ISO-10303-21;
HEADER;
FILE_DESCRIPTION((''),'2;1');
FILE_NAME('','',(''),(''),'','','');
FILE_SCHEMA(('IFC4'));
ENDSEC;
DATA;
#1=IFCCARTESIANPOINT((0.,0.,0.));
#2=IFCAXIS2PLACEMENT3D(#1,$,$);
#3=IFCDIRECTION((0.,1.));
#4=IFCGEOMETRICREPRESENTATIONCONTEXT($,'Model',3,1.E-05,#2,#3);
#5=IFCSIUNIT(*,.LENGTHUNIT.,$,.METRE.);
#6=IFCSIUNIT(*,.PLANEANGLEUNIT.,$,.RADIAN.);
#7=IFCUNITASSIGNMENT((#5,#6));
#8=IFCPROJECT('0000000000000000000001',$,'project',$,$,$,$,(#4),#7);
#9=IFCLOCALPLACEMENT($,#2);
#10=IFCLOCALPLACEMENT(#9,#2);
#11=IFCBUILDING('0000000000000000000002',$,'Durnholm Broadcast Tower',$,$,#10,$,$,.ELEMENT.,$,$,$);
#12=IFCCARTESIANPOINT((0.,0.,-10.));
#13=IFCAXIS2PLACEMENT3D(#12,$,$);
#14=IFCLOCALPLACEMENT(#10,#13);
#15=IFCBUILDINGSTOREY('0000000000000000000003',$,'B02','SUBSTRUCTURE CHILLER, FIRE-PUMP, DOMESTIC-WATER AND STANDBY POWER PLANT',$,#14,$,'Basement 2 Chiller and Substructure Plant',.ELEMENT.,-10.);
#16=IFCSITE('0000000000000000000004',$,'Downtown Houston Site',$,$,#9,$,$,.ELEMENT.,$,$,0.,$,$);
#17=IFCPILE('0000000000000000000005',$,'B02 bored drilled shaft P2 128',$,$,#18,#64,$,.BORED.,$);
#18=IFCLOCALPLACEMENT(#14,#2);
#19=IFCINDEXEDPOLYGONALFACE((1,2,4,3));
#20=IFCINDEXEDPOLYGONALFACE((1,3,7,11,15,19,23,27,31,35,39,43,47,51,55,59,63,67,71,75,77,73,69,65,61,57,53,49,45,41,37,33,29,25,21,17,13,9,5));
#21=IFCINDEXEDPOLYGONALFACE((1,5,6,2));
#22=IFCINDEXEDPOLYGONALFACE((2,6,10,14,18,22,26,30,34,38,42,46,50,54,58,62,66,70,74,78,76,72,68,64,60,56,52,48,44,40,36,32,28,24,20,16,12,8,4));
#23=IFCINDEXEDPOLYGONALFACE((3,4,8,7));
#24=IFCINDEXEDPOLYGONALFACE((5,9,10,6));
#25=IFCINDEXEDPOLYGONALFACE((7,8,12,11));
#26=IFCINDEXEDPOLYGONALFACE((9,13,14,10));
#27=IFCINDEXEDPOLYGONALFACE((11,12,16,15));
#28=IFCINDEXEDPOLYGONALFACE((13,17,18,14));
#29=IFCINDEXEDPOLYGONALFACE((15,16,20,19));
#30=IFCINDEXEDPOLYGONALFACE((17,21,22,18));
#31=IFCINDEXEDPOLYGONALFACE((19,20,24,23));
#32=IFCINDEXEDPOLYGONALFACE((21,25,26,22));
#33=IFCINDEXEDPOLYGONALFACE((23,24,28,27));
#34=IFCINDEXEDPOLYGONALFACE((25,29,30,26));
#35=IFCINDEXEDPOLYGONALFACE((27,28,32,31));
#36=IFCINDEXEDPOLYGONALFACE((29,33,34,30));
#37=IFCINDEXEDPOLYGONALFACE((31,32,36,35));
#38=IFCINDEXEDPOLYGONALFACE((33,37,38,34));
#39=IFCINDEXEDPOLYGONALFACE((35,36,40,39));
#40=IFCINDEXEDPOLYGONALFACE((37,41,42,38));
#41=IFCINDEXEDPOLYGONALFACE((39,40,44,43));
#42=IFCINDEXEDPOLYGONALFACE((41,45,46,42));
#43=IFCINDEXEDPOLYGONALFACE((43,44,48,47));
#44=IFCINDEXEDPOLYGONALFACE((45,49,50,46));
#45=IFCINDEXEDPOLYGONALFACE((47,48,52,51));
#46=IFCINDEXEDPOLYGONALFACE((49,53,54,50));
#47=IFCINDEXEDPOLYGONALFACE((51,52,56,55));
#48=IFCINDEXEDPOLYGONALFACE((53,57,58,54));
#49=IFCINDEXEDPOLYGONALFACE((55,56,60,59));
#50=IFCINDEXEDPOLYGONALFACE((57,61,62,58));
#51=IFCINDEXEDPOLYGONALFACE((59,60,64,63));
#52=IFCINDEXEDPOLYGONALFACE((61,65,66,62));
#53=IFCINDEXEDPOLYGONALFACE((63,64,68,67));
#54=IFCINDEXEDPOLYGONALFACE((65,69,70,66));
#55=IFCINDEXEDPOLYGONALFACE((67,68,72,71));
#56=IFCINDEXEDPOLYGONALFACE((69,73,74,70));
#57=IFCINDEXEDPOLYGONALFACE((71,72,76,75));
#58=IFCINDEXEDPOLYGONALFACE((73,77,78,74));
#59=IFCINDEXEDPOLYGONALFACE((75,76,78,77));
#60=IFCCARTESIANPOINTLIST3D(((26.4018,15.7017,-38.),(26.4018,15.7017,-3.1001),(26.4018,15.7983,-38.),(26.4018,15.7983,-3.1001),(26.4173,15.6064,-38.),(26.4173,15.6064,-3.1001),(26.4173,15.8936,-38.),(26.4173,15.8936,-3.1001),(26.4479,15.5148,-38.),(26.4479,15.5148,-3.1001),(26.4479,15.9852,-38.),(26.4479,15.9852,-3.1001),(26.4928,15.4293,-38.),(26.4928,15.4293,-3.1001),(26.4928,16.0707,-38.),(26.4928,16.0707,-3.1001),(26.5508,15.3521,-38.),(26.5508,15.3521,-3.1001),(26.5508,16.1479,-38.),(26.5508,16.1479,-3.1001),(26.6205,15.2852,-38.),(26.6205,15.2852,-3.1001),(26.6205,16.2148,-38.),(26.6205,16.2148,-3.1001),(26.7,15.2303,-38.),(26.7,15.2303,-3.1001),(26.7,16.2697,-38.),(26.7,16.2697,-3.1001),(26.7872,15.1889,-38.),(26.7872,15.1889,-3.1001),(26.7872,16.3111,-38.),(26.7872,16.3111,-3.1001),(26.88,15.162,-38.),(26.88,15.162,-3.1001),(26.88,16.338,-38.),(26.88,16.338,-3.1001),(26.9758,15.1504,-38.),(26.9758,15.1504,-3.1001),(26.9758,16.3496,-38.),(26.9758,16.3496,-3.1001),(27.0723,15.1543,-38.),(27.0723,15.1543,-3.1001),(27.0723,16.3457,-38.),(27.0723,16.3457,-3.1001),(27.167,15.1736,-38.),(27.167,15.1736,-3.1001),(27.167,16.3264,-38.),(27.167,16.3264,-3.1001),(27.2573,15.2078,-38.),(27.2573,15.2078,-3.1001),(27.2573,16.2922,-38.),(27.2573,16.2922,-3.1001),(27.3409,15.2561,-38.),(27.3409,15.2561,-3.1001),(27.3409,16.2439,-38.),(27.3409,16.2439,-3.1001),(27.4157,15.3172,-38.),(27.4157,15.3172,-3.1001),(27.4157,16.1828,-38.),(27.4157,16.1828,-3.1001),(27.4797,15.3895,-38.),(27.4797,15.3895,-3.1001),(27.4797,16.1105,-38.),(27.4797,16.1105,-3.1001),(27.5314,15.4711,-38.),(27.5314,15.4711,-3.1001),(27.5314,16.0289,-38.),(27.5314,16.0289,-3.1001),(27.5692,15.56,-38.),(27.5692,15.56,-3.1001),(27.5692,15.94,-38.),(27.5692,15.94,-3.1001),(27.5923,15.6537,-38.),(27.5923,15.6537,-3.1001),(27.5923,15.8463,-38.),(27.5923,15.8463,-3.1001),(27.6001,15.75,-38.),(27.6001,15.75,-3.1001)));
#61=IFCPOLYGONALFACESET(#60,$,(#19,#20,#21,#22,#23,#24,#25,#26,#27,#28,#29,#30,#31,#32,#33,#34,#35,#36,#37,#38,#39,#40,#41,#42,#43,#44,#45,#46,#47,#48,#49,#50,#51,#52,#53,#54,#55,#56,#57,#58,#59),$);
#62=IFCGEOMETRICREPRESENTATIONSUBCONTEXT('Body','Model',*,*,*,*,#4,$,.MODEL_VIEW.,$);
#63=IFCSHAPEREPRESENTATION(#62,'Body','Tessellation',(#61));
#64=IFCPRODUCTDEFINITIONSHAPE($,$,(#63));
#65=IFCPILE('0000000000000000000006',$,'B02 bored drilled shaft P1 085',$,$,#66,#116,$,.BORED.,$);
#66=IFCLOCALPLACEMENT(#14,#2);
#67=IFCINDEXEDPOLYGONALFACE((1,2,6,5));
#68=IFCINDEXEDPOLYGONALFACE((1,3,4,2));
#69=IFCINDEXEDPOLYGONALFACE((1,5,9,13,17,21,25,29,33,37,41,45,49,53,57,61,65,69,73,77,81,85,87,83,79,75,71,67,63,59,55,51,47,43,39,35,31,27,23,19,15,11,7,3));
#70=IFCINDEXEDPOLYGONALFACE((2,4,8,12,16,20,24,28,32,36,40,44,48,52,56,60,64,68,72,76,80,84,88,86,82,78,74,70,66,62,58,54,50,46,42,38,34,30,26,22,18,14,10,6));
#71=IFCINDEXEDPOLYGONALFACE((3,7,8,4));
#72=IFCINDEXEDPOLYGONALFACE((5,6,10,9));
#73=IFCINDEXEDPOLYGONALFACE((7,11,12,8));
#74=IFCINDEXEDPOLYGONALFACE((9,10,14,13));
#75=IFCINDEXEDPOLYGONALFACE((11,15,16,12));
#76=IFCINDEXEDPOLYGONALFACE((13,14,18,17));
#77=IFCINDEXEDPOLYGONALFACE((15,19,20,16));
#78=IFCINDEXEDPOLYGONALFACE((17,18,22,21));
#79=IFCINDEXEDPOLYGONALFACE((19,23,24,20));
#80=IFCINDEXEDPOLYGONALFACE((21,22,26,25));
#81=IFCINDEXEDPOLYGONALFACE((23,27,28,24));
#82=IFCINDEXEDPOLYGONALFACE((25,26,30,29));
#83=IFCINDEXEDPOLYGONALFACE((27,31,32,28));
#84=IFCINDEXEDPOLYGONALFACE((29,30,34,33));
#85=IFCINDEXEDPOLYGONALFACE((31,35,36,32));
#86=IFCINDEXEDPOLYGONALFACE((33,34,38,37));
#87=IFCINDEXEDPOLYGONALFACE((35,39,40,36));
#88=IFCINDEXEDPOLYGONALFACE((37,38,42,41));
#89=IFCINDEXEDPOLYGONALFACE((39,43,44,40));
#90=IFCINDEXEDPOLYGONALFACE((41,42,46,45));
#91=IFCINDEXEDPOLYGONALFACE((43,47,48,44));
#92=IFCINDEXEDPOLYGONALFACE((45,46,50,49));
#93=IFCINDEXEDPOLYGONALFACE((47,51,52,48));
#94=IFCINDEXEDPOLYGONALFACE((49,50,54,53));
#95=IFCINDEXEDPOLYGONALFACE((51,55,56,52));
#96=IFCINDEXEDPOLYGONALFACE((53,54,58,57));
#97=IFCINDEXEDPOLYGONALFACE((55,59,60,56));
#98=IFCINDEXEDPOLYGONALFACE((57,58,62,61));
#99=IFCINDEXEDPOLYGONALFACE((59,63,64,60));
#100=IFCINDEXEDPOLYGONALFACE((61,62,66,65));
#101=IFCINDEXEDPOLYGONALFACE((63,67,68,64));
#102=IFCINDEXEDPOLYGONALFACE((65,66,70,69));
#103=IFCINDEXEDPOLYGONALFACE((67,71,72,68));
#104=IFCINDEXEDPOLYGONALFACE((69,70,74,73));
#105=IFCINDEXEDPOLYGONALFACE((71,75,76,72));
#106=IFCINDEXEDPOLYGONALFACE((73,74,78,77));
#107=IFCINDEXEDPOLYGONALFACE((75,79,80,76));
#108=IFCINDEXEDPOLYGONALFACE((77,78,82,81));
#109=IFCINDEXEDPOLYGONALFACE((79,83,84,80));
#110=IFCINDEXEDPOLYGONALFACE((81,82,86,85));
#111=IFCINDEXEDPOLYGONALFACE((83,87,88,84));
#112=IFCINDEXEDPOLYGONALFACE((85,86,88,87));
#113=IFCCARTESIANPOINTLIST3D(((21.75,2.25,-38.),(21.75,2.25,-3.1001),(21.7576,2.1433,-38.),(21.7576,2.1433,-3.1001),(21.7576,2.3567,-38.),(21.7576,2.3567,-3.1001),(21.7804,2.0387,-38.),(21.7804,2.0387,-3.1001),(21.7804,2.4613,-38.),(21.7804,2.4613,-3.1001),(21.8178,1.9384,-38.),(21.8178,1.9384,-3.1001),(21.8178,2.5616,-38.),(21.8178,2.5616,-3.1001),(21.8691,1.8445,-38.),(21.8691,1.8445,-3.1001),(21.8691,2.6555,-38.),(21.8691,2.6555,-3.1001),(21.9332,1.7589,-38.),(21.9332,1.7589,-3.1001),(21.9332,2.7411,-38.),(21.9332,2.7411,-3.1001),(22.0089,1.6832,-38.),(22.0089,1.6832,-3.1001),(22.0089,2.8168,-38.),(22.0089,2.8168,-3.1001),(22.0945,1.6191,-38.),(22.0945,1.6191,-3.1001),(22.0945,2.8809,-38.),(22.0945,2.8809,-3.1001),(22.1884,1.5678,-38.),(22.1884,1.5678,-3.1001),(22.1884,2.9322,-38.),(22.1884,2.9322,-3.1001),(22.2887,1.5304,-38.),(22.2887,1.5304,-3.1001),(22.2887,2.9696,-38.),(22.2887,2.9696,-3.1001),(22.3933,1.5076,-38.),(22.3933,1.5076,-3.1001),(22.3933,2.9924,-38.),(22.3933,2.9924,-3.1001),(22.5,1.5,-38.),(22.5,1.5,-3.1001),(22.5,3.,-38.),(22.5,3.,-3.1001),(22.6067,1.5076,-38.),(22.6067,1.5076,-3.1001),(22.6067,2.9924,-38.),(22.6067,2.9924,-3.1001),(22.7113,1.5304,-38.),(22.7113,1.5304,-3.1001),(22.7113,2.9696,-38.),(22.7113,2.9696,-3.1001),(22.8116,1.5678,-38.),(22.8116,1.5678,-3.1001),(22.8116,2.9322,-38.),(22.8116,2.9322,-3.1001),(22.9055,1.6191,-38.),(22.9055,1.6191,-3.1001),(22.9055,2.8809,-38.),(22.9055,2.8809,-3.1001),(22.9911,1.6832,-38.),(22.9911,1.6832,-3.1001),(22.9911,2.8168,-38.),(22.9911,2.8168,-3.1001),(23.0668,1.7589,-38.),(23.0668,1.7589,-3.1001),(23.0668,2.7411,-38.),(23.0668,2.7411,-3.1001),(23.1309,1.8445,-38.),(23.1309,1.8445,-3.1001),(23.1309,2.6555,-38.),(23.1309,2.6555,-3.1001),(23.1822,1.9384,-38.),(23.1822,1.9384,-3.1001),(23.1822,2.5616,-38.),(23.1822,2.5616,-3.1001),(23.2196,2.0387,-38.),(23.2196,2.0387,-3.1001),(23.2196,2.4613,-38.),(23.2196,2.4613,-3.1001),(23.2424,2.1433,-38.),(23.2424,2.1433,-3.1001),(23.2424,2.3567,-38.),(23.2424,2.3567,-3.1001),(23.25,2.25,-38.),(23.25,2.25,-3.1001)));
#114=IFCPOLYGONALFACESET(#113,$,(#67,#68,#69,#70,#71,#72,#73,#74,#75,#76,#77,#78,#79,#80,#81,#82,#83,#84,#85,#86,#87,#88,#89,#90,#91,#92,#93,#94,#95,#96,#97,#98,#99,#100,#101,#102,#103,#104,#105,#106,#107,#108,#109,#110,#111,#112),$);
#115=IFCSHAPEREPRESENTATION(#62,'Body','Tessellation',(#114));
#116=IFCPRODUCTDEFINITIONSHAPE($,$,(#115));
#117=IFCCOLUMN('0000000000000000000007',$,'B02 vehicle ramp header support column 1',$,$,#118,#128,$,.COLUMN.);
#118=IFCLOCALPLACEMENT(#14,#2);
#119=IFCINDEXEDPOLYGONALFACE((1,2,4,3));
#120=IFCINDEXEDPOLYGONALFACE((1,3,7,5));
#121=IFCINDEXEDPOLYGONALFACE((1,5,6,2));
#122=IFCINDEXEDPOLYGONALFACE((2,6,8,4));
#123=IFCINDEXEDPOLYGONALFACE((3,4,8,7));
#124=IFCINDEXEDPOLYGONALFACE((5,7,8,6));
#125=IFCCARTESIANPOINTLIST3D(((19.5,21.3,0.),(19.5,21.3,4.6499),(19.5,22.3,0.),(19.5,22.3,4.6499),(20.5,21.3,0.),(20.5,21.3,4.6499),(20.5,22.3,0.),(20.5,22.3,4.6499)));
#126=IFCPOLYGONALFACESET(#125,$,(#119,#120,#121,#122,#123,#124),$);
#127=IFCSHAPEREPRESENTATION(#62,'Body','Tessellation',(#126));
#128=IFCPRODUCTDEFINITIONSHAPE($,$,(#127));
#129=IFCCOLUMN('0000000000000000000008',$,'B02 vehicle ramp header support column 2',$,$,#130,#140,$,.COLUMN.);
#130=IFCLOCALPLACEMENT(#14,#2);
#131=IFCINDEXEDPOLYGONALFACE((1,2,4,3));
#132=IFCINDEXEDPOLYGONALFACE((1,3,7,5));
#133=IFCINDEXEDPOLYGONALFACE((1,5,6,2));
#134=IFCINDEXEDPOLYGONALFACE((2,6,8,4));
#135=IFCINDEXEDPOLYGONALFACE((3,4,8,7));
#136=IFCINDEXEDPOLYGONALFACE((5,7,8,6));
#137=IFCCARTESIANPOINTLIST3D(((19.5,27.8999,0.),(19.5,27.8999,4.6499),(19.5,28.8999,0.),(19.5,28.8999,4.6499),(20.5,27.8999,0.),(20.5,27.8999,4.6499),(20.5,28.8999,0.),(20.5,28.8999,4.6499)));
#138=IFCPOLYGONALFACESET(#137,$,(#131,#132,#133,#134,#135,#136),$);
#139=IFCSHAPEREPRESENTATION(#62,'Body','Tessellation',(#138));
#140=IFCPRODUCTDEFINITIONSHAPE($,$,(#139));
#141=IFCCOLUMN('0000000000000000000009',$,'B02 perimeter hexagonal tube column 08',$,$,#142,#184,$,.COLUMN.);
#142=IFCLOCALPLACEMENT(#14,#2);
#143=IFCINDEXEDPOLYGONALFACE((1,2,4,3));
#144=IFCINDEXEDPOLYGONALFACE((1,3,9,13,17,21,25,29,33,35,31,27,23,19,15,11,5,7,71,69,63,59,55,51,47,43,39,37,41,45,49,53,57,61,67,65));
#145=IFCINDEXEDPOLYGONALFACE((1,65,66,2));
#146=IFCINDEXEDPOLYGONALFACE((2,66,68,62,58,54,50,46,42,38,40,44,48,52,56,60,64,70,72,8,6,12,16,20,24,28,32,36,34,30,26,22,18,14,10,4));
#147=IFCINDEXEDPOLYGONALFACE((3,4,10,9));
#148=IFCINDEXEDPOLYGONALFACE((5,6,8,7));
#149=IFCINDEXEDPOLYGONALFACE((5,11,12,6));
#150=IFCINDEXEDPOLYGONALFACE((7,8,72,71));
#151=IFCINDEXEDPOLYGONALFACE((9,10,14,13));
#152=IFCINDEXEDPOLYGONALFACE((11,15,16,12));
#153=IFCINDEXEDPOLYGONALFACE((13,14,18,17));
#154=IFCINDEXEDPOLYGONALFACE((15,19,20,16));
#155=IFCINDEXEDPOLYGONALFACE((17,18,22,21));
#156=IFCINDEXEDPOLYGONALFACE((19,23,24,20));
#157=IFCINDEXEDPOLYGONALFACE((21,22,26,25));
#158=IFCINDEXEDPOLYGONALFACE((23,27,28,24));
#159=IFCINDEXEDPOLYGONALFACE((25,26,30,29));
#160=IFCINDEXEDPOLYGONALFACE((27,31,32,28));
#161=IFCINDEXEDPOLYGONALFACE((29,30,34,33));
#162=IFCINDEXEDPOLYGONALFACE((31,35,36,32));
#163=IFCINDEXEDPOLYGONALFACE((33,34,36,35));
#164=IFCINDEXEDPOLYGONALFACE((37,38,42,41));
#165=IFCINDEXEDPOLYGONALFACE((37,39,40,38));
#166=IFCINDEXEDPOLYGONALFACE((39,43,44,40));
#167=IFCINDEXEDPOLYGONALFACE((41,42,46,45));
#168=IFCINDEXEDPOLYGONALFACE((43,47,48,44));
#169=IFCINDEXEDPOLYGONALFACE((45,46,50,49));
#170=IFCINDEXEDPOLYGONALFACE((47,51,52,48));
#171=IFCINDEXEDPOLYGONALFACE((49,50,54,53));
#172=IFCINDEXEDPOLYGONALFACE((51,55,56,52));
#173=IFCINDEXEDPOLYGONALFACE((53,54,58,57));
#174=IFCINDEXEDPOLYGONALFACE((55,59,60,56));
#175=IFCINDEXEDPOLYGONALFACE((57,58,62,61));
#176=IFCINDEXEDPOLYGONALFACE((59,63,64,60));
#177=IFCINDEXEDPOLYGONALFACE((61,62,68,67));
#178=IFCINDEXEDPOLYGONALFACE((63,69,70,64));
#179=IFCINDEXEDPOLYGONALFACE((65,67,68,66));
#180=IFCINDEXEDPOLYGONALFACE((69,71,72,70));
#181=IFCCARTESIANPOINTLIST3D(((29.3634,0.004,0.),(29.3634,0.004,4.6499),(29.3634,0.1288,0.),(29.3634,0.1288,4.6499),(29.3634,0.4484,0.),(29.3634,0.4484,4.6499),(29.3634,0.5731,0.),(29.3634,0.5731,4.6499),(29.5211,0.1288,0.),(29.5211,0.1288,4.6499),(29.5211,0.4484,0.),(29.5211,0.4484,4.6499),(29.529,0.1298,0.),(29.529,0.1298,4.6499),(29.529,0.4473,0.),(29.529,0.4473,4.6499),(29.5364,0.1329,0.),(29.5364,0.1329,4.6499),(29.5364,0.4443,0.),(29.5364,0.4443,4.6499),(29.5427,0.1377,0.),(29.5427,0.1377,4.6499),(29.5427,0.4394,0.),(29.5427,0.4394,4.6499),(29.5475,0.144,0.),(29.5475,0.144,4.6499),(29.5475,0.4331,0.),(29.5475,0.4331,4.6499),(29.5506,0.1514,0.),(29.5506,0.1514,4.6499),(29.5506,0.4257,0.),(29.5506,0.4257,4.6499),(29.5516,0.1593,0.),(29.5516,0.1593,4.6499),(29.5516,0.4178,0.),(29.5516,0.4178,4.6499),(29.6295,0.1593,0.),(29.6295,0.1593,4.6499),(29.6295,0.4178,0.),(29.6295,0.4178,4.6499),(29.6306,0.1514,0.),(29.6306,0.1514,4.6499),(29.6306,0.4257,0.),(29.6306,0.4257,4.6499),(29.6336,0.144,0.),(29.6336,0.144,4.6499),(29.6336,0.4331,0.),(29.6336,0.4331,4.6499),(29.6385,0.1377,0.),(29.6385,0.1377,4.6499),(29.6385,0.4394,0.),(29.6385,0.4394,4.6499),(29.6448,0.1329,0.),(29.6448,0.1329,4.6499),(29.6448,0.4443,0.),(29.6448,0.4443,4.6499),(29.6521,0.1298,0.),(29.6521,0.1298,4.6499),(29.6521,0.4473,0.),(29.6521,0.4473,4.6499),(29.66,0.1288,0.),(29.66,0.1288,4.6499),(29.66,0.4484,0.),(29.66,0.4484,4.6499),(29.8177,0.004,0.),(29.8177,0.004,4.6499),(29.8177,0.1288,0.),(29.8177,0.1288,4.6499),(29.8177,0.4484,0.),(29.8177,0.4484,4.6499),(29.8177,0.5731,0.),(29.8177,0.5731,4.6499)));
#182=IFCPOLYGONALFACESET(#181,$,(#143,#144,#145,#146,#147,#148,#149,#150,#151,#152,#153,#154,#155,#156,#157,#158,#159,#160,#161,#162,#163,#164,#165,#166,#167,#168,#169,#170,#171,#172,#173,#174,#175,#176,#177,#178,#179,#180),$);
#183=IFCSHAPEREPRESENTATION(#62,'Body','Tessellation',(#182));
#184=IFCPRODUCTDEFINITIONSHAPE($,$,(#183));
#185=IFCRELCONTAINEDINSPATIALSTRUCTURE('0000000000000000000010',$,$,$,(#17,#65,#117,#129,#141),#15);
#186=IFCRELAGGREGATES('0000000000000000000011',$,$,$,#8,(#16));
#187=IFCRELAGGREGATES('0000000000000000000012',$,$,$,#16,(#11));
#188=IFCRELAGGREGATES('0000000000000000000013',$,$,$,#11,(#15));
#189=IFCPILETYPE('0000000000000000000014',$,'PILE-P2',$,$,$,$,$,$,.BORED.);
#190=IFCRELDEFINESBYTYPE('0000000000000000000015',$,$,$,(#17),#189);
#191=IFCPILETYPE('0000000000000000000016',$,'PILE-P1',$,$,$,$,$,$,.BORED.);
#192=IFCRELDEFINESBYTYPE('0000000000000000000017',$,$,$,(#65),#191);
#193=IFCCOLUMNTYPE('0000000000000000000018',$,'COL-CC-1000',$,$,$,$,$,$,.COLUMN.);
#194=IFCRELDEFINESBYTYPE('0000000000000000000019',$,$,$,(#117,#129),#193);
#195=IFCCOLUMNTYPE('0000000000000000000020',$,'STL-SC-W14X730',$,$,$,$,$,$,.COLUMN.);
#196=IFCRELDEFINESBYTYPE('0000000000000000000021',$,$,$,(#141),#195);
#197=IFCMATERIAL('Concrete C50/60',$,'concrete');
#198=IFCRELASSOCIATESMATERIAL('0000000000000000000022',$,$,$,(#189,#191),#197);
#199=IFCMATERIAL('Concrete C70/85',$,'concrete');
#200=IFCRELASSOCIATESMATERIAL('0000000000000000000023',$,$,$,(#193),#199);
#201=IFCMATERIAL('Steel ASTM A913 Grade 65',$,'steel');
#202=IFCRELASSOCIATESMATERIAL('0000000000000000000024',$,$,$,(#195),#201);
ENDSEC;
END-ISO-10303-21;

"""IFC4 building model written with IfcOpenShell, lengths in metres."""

from ifc_helpers import new_model, si_unit, direction, frame, origin, origin_2d, place, context, subcontext, project, spatial, rectangle, circle, i_section, extrude, source, transform, mapped, material, material_profile, profile_set, type_object, type_shapes, element, save


model = new_model("IFC4")

# Units and contexts
model_context = context("Model", 3, precision=1e-05, world=origin(), true_north=direction((0.0, 1.0)))
body_context = subcontext(model_context, "Body", "Model", "MODEL_VIEW")
ifc_project = project(units=[si_unit("LENGTHUNIT", "METRE"), si_unit("PLANEANGLEUNIT", "RADIAN")], contexts=[model_context])

# Site, building, storey
site_placement = place(None, origin())
site = spatial("IfcSite", under=ifc_project, at=site_placement, Name="Downtown Houston Site", CompositionType="ELEMENT", RefElevation=0.0)
building_placement = place(site_placement, origin())
building = spatial("IfcBuilding", under=site, at=building_placement, Name="Durnholm Broadcast Tower", CompositionType="ELEMENT")
storey_placement = place(building_placement, frame((0.0, 0.0, -10.0)))
storey = spatial("IfcBuildingStorey", under=building, at=storey_placement, Name="B02", Description="SUBSTRUCTURE CHILLER, FIRE-PUMP, DOMESTIC-WATER AND STANDBY POWER PLANT", LongName="Basement 2 Chiller and Substructure Plant", CompositionType="ELEMENT", Elevation=-10.0)

# Piles
ifc_material_1 = material(Name="Concrete C50/60", Category="concrete")
ifc_material_profile_1 = material_profile(ifc_material_1, circle(Radius=0.6001, at=origin_2d()), Name="PILE1200")
ifc_profile_set_1 = profile_set([ifc_material_profile_1], Name="Concrete C50/60")
pile_type_1 = type_object("IfcPileType", Name="PILE-P2", PredefinedType="BORED", material=ifc_profile_set_1)
shared_shape_1 = source(origin(), body_context, "Body", "SweptSolid", [
    extrude(circle(Radius=0.6001, at=origin_2d()), origin(), (0.0, 0.0, 1.0), 34.8999),
])
type_shapes(pile_type_1, [shared_shape_1])
for number, where, z_axis, x_axis, name in (
    (1, (27.0, 15.75, -3.1001), (0.0, 0.0, -1.0), (1.0, 0.0, 0.0), "B02 bored drilled shaft P2 128"),
):
    element("IfcPile", number, at=place(storey_placement, frame(where, z_axis=z_axis, x_axis=x_axis)), inside=storey, type_object=pile_type_1, Name=name, PredefinedType="BORED", context=body_context, shape_type="MappedRepresentation", body=[
        mapped(shared_shape_1, transform((0.0, 0.0, 0.0), x_axis=(1.0, 0.0, 0.0), y_axis=(0.0, 1.0, 0.0), z_axis=(0.0, 0.0, 1.0), scale=1.0)),
    ])
ifc_material_profile_2 = material_profile(ifc_material_1, circle(Radius=0.75, at=origin_2d()), Name="PILE1500")
ifc_profile_set_2 = profile_set([ifc_material_profile_2], Name="Concrete C50/60")
pile_type_2 = type_object("IfcPileType", Name="PILE-P1", PredefinedType="BORED", material=ifc_profile_set_2)
shared_shape_2 = source(origin(), body_context, "Body", "SweptSolid", [
    extrude(circle(Radius=0.75, at=origin_2d()), origin(), (0.0, 0.0, 1.0), 34.8999),
])
type_shapes(pile_type_2, [shared_shape_2])
pile_placement = place(storey_placement, frame((22.5, 2.25, -3.1001), z_axis=(0.0, 0.0, -1.0), x_axis=(1.0, 0.0, 0.0)))
element("IfcPile", 2, at=pile_placement, inside=storey, type_object=pile_type_2, Name="B02 bored drilled shaft P1 085", PredefinedType="BORED", context=body_context, shape_type="MappedRepresentation", body=[
    mapped(shared_shape_2, transform((0.0, 0.0, 0.0), x_axis=(1.0, 0.0, 0.0), y_axis=(0.0, 1.0, 0.0), z_axis=(0.0, 0.0, 1.0), scale=1.0)),
])

# Columns
ifc_material_2 = material(Name="Concrete C70/85", Category="concrete")
ifc_material_profile_3 = material_profile(ifc_material_2, rectangle(XDim=1.0, YDim=1.0, at=origin_2d()), Name="RC1000X1000")
ifc_profile_set_3 = profile_set([ifc_material_profile_3], Name="Concrete C70/85")
column_type_1 = type_object("IfcColumnType", Name="COL-CC-1000", PredefinedType="COLUMN", material=ifc_profile_set_3)
shared_shape_3 = source(origin(), body_context, "Body", "SweptSolid", [
    extrude(rectangle(XDim=1.0, YDim=1.0, at=origin_2d()), origin(), (0.0, 0.0, 1.0), 4.6499),
])
type_shapes(column_type_1, [shared_shape_3])
for number, where, z_axis, x_axis, name in (
    (3, (20.0, 21.8, 0.0), (0.0, 0.0, 1.0), (1.0, 0.0, 0.0), "B02 vehicle ramp header support column 1"),
    (4, (20.0, 28.3999, 0.0), (0.0, 0.0, 1.0), (1.0, 0.0, 0.0), "B02 vehicle ramp header support column 2"),
):
    element("IfcColumn", number, at=place(storey_placement, frame(where, z_axis=z_axis, x_axis=x_axis)), inside=storey, type_object=column_type_1, Name=name, PredefinedType="COLUMN", context=body_context, shape_type="MappedRepresentation", body=[
        mapped(shared_shape_3, transform((0.0, 0.0, 0.0), x_axis=(1.0, 0.0, 0.0), y_axis=(0.0, 1.0, 0.0), z_axis=(0.0, 0.0, 1.0), scale=1.0)),
    ])
ifc_material_3 = material(Name="Steel ASTM A913 Grade 65", Category="steel")
ifc_material_profile_4 = material_profile(ifc_material_3, i_section(OverallWidth=0.4543, OverallDepth=0.5691, WebThickness=0.0779, FlangeThickness=0.1248, FilletRadius=0.0305, at=origin_2d()), Name="W14X730")
ifc_profile_set_4 = profile_set([ifc_material_profile_4], Name="Steel ASTM A913 Grade 65")
column_type_2 = type_object("IfcColumnType", Name="STL-SC-W14X730", PredefinedType="COLUMN", material=ifc_profile_set_4)
shared_shape_4 = source(origin(), body_context, "Body", "SweptSolid", [
    extrude(i_section(OverallWidth=0.4543, OverallDepth=0.5691, WebThickness=0.0779, FlangeThickness=0.1248, FilletRadius=0.0305, at=origin_2d()), origin(), (0.0, 0.0, 1.0), 4.6499),
])
type_shapes(column_type_2, [shared_shape_4])
for number, where, z_axis, x_axis, name in (
    (5, (29.5906, 0.2886, 0.0), (0.0, 0.0, 1.0), (1.0, 0.0, 0.0), "B02 perimeter hexagonal tube column 08"),
):
    element("IfcColumn", number, at=place(storey_placement, frame(where, z_axis=z_axis, x_axis=x_axis)), inside=storey, type_object=column_type_2, Name=name, PredefinedType="COLUMN", context=body_context, shape_type="MappedRepresentation", body=[
        mapped(shared_shape_4, transform((0.0, 0.0, 0.0), x_axis=(1.0, 0.0, 0.0), y_axis=(0.0, 1.0, 0.0), z_axis=(0.0, 0.0, 1.0), scale=1.0)),
    ])

save(model, "model.ifc")
